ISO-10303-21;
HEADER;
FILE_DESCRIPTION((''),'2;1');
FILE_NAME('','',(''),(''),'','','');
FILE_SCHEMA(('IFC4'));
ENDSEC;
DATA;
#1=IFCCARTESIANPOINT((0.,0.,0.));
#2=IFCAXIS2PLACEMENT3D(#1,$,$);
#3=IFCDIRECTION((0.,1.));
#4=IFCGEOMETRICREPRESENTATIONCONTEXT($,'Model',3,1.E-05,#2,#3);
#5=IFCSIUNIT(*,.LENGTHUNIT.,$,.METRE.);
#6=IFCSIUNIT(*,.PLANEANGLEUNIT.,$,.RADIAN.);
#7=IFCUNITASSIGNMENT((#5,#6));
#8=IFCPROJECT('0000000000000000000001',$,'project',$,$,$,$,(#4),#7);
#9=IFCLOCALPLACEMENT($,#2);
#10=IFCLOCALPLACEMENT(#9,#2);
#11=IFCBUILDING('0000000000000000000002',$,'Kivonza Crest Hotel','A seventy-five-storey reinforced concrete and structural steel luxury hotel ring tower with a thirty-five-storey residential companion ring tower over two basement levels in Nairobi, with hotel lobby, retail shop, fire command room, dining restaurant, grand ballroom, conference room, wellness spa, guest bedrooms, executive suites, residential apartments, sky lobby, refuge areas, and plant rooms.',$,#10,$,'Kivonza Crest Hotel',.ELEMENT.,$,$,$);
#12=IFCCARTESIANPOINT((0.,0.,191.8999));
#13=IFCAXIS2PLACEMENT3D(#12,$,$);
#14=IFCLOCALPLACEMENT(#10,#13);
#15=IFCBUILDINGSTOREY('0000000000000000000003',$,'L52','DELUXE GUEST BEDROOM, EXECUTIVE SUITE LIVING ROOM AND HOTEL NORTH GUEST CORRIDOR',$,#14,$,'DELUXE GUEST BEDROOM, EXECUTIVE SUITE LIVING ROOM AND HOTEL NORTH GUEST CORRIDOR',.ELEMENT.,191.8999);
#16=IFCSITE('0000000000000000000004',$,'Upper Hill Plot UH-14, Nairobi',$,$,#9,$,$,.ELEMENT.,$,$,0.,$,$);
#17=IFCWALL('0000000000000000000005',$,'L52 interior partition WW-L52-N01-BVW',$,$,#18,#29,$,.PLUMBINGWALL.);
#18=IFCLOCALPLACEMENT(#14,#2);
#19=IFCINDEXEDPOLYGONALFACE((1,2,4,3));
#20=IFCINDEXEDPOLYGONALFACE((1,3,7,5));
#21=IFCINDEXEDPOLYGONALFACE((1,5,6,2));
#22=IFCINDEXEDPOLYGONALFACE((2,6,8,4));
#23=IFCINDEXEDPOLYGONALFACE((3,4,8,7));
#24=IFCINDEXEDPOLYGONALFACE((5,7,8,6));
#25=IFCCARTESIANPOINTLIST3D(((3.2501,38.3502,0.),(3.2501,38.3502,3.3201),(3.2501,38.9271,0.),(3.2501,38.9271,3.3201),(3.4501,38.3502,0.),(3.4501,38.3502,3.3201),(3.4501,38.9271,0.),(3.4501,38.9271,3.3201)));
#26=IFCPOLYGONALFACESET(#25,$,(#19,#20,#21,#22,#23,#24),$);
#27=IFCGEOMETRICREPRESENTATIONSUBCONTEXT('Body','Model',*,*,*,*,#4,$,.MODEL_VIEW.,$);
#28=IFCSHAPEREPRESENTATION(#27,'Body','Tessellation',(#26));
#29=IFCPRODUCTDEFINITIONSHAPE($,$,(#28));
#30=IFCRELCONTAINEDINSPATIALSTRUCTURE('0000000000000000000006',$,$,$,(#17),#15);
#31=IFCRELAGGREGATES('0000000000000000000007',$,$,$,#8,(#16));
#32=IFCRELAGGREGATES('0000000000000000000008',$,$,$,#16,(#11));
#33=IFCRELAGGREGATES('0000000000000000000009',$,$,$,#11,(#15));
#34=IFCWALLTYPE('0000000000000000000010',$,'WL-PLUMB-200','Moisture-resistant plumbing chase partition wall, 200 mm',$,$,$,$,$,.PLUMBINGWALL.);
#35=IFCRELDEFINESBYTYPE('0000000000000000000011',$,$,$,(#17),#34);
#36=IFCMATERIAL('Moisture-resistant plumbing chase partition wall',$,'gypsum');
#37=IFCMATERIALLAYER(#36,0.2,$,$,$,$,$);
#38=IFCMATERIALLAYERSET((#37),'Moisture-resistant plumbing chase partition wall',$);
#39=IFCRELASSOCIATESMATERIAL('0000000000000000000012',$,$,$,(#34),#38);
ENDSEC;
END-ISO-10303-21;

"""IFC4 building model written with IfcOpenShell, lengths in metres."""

from ifc_helpers import new_model, si_unit, direction, frame, frame_2d, origin, place, context, subcontext, project, spatial, rectangle, extrude, material, layer, layer_set, type_object, element, save


model = new_model("IFC4")

# Units and contexts
model_context = context("Model", 3, precision=1e-05, world=origin(), true_north=direction((0.0, 1.0)))
body_context = subcontext(model_context, "Body", "Model", "MODEL_VIEW")
ifc_project = project(units=[si_unit("LENGTHUNIT", "METRE"), si_unit("PLANEANGLEUNIT", "RADIAN")], contexts=[model_context])

# Site, building, storey
site_placement = place(None, origin())
site = spatial("IfcSite", under=ifc_project, at=site_placement, Name="Upper Hill Plot UH-14, Nairobi", CompositionType="ELEMENT", RefElevation=0.0)
building_placement = place(site_placement, origin())
building = spatial("IfcBuilding", under=site, at=building_placement, Name="Kivonza Crest Hotel", Description="A seventy-five-storey reinforced concrete and structural steel luxury hotel ring tower with a thirty-five-storey residential companion ring tower over two basement levels in Nairobi, with hotel lobby, retail shop, fire command room, dining restaurant, grand ballroom, conference room, wellness spa, guest bedrooms, executive suites, residential apartments, sky lobby, refuge areas, and plant rooms.", LongName="Kivonza Crest Hotel", CompositionType="ELEMENT")
storey_placement = place(building_placement, frame((0.0, 0.0, 191.8999)))
storey = spatial("IfcBuildingStorey", under=building, at=storey_placement, Name="L52", Description="DELUXE GUEST BEDROOM, EXECUTIVE SUITE LIVING ROOM AND HOTEL NORTH GUEST CORRIDOR", LongName="DELUXE GUEST BEDROOM, EXECUTIVE SUITE LIVING ROOM AND HOTEL NORTH GUEST CORRIDOR", CompositionType="ELEMENT", Elevation=191.8999)

# Shared definitions
ifc_material_1 = material(Name="Moisture-resistant plumbing chase partition wall", Category="gypsum")
ifc_layer_1 = layer(ifc_material_1, 0.2)
ifc_layer_set_1 = layer_set([ifc_layer_1], Name="Moisture-resistant plumbing chase partition wall")
wall_type_1 = type_object("IfcWallType", Name="WL-PLUMB-200", Description="Moisture-resistant plumbing chase partition wall, 200 mm", PredefinedType="PLUMBINGWALL", material=ifc_layer_set_1)

# Wall
wall_1_placement = place(storey_placement, frame((3.3501, 38.3501, 0.0), z_axis=(0.0, 0.0, 1.0), x_axis=(0.0, 1.0, 0.0)))
element("IfcWall", 1, at=wall_1_placement, inside=storey, type_object=wall_type_1, Name="L52 interior partition WW-L52-N01-BVW", PredefinedType="PLUMBINGWALL", context=body_context, shape_type="SweptSolid", body=[
    extrude(rectangle(XDim=0.5769, YDim=0.2, at=frame_2d((0.2886, 0.0))), origin(), (0.0, 0.0, 1.0), 3.3201),
])

save(model, "model.ifc")
